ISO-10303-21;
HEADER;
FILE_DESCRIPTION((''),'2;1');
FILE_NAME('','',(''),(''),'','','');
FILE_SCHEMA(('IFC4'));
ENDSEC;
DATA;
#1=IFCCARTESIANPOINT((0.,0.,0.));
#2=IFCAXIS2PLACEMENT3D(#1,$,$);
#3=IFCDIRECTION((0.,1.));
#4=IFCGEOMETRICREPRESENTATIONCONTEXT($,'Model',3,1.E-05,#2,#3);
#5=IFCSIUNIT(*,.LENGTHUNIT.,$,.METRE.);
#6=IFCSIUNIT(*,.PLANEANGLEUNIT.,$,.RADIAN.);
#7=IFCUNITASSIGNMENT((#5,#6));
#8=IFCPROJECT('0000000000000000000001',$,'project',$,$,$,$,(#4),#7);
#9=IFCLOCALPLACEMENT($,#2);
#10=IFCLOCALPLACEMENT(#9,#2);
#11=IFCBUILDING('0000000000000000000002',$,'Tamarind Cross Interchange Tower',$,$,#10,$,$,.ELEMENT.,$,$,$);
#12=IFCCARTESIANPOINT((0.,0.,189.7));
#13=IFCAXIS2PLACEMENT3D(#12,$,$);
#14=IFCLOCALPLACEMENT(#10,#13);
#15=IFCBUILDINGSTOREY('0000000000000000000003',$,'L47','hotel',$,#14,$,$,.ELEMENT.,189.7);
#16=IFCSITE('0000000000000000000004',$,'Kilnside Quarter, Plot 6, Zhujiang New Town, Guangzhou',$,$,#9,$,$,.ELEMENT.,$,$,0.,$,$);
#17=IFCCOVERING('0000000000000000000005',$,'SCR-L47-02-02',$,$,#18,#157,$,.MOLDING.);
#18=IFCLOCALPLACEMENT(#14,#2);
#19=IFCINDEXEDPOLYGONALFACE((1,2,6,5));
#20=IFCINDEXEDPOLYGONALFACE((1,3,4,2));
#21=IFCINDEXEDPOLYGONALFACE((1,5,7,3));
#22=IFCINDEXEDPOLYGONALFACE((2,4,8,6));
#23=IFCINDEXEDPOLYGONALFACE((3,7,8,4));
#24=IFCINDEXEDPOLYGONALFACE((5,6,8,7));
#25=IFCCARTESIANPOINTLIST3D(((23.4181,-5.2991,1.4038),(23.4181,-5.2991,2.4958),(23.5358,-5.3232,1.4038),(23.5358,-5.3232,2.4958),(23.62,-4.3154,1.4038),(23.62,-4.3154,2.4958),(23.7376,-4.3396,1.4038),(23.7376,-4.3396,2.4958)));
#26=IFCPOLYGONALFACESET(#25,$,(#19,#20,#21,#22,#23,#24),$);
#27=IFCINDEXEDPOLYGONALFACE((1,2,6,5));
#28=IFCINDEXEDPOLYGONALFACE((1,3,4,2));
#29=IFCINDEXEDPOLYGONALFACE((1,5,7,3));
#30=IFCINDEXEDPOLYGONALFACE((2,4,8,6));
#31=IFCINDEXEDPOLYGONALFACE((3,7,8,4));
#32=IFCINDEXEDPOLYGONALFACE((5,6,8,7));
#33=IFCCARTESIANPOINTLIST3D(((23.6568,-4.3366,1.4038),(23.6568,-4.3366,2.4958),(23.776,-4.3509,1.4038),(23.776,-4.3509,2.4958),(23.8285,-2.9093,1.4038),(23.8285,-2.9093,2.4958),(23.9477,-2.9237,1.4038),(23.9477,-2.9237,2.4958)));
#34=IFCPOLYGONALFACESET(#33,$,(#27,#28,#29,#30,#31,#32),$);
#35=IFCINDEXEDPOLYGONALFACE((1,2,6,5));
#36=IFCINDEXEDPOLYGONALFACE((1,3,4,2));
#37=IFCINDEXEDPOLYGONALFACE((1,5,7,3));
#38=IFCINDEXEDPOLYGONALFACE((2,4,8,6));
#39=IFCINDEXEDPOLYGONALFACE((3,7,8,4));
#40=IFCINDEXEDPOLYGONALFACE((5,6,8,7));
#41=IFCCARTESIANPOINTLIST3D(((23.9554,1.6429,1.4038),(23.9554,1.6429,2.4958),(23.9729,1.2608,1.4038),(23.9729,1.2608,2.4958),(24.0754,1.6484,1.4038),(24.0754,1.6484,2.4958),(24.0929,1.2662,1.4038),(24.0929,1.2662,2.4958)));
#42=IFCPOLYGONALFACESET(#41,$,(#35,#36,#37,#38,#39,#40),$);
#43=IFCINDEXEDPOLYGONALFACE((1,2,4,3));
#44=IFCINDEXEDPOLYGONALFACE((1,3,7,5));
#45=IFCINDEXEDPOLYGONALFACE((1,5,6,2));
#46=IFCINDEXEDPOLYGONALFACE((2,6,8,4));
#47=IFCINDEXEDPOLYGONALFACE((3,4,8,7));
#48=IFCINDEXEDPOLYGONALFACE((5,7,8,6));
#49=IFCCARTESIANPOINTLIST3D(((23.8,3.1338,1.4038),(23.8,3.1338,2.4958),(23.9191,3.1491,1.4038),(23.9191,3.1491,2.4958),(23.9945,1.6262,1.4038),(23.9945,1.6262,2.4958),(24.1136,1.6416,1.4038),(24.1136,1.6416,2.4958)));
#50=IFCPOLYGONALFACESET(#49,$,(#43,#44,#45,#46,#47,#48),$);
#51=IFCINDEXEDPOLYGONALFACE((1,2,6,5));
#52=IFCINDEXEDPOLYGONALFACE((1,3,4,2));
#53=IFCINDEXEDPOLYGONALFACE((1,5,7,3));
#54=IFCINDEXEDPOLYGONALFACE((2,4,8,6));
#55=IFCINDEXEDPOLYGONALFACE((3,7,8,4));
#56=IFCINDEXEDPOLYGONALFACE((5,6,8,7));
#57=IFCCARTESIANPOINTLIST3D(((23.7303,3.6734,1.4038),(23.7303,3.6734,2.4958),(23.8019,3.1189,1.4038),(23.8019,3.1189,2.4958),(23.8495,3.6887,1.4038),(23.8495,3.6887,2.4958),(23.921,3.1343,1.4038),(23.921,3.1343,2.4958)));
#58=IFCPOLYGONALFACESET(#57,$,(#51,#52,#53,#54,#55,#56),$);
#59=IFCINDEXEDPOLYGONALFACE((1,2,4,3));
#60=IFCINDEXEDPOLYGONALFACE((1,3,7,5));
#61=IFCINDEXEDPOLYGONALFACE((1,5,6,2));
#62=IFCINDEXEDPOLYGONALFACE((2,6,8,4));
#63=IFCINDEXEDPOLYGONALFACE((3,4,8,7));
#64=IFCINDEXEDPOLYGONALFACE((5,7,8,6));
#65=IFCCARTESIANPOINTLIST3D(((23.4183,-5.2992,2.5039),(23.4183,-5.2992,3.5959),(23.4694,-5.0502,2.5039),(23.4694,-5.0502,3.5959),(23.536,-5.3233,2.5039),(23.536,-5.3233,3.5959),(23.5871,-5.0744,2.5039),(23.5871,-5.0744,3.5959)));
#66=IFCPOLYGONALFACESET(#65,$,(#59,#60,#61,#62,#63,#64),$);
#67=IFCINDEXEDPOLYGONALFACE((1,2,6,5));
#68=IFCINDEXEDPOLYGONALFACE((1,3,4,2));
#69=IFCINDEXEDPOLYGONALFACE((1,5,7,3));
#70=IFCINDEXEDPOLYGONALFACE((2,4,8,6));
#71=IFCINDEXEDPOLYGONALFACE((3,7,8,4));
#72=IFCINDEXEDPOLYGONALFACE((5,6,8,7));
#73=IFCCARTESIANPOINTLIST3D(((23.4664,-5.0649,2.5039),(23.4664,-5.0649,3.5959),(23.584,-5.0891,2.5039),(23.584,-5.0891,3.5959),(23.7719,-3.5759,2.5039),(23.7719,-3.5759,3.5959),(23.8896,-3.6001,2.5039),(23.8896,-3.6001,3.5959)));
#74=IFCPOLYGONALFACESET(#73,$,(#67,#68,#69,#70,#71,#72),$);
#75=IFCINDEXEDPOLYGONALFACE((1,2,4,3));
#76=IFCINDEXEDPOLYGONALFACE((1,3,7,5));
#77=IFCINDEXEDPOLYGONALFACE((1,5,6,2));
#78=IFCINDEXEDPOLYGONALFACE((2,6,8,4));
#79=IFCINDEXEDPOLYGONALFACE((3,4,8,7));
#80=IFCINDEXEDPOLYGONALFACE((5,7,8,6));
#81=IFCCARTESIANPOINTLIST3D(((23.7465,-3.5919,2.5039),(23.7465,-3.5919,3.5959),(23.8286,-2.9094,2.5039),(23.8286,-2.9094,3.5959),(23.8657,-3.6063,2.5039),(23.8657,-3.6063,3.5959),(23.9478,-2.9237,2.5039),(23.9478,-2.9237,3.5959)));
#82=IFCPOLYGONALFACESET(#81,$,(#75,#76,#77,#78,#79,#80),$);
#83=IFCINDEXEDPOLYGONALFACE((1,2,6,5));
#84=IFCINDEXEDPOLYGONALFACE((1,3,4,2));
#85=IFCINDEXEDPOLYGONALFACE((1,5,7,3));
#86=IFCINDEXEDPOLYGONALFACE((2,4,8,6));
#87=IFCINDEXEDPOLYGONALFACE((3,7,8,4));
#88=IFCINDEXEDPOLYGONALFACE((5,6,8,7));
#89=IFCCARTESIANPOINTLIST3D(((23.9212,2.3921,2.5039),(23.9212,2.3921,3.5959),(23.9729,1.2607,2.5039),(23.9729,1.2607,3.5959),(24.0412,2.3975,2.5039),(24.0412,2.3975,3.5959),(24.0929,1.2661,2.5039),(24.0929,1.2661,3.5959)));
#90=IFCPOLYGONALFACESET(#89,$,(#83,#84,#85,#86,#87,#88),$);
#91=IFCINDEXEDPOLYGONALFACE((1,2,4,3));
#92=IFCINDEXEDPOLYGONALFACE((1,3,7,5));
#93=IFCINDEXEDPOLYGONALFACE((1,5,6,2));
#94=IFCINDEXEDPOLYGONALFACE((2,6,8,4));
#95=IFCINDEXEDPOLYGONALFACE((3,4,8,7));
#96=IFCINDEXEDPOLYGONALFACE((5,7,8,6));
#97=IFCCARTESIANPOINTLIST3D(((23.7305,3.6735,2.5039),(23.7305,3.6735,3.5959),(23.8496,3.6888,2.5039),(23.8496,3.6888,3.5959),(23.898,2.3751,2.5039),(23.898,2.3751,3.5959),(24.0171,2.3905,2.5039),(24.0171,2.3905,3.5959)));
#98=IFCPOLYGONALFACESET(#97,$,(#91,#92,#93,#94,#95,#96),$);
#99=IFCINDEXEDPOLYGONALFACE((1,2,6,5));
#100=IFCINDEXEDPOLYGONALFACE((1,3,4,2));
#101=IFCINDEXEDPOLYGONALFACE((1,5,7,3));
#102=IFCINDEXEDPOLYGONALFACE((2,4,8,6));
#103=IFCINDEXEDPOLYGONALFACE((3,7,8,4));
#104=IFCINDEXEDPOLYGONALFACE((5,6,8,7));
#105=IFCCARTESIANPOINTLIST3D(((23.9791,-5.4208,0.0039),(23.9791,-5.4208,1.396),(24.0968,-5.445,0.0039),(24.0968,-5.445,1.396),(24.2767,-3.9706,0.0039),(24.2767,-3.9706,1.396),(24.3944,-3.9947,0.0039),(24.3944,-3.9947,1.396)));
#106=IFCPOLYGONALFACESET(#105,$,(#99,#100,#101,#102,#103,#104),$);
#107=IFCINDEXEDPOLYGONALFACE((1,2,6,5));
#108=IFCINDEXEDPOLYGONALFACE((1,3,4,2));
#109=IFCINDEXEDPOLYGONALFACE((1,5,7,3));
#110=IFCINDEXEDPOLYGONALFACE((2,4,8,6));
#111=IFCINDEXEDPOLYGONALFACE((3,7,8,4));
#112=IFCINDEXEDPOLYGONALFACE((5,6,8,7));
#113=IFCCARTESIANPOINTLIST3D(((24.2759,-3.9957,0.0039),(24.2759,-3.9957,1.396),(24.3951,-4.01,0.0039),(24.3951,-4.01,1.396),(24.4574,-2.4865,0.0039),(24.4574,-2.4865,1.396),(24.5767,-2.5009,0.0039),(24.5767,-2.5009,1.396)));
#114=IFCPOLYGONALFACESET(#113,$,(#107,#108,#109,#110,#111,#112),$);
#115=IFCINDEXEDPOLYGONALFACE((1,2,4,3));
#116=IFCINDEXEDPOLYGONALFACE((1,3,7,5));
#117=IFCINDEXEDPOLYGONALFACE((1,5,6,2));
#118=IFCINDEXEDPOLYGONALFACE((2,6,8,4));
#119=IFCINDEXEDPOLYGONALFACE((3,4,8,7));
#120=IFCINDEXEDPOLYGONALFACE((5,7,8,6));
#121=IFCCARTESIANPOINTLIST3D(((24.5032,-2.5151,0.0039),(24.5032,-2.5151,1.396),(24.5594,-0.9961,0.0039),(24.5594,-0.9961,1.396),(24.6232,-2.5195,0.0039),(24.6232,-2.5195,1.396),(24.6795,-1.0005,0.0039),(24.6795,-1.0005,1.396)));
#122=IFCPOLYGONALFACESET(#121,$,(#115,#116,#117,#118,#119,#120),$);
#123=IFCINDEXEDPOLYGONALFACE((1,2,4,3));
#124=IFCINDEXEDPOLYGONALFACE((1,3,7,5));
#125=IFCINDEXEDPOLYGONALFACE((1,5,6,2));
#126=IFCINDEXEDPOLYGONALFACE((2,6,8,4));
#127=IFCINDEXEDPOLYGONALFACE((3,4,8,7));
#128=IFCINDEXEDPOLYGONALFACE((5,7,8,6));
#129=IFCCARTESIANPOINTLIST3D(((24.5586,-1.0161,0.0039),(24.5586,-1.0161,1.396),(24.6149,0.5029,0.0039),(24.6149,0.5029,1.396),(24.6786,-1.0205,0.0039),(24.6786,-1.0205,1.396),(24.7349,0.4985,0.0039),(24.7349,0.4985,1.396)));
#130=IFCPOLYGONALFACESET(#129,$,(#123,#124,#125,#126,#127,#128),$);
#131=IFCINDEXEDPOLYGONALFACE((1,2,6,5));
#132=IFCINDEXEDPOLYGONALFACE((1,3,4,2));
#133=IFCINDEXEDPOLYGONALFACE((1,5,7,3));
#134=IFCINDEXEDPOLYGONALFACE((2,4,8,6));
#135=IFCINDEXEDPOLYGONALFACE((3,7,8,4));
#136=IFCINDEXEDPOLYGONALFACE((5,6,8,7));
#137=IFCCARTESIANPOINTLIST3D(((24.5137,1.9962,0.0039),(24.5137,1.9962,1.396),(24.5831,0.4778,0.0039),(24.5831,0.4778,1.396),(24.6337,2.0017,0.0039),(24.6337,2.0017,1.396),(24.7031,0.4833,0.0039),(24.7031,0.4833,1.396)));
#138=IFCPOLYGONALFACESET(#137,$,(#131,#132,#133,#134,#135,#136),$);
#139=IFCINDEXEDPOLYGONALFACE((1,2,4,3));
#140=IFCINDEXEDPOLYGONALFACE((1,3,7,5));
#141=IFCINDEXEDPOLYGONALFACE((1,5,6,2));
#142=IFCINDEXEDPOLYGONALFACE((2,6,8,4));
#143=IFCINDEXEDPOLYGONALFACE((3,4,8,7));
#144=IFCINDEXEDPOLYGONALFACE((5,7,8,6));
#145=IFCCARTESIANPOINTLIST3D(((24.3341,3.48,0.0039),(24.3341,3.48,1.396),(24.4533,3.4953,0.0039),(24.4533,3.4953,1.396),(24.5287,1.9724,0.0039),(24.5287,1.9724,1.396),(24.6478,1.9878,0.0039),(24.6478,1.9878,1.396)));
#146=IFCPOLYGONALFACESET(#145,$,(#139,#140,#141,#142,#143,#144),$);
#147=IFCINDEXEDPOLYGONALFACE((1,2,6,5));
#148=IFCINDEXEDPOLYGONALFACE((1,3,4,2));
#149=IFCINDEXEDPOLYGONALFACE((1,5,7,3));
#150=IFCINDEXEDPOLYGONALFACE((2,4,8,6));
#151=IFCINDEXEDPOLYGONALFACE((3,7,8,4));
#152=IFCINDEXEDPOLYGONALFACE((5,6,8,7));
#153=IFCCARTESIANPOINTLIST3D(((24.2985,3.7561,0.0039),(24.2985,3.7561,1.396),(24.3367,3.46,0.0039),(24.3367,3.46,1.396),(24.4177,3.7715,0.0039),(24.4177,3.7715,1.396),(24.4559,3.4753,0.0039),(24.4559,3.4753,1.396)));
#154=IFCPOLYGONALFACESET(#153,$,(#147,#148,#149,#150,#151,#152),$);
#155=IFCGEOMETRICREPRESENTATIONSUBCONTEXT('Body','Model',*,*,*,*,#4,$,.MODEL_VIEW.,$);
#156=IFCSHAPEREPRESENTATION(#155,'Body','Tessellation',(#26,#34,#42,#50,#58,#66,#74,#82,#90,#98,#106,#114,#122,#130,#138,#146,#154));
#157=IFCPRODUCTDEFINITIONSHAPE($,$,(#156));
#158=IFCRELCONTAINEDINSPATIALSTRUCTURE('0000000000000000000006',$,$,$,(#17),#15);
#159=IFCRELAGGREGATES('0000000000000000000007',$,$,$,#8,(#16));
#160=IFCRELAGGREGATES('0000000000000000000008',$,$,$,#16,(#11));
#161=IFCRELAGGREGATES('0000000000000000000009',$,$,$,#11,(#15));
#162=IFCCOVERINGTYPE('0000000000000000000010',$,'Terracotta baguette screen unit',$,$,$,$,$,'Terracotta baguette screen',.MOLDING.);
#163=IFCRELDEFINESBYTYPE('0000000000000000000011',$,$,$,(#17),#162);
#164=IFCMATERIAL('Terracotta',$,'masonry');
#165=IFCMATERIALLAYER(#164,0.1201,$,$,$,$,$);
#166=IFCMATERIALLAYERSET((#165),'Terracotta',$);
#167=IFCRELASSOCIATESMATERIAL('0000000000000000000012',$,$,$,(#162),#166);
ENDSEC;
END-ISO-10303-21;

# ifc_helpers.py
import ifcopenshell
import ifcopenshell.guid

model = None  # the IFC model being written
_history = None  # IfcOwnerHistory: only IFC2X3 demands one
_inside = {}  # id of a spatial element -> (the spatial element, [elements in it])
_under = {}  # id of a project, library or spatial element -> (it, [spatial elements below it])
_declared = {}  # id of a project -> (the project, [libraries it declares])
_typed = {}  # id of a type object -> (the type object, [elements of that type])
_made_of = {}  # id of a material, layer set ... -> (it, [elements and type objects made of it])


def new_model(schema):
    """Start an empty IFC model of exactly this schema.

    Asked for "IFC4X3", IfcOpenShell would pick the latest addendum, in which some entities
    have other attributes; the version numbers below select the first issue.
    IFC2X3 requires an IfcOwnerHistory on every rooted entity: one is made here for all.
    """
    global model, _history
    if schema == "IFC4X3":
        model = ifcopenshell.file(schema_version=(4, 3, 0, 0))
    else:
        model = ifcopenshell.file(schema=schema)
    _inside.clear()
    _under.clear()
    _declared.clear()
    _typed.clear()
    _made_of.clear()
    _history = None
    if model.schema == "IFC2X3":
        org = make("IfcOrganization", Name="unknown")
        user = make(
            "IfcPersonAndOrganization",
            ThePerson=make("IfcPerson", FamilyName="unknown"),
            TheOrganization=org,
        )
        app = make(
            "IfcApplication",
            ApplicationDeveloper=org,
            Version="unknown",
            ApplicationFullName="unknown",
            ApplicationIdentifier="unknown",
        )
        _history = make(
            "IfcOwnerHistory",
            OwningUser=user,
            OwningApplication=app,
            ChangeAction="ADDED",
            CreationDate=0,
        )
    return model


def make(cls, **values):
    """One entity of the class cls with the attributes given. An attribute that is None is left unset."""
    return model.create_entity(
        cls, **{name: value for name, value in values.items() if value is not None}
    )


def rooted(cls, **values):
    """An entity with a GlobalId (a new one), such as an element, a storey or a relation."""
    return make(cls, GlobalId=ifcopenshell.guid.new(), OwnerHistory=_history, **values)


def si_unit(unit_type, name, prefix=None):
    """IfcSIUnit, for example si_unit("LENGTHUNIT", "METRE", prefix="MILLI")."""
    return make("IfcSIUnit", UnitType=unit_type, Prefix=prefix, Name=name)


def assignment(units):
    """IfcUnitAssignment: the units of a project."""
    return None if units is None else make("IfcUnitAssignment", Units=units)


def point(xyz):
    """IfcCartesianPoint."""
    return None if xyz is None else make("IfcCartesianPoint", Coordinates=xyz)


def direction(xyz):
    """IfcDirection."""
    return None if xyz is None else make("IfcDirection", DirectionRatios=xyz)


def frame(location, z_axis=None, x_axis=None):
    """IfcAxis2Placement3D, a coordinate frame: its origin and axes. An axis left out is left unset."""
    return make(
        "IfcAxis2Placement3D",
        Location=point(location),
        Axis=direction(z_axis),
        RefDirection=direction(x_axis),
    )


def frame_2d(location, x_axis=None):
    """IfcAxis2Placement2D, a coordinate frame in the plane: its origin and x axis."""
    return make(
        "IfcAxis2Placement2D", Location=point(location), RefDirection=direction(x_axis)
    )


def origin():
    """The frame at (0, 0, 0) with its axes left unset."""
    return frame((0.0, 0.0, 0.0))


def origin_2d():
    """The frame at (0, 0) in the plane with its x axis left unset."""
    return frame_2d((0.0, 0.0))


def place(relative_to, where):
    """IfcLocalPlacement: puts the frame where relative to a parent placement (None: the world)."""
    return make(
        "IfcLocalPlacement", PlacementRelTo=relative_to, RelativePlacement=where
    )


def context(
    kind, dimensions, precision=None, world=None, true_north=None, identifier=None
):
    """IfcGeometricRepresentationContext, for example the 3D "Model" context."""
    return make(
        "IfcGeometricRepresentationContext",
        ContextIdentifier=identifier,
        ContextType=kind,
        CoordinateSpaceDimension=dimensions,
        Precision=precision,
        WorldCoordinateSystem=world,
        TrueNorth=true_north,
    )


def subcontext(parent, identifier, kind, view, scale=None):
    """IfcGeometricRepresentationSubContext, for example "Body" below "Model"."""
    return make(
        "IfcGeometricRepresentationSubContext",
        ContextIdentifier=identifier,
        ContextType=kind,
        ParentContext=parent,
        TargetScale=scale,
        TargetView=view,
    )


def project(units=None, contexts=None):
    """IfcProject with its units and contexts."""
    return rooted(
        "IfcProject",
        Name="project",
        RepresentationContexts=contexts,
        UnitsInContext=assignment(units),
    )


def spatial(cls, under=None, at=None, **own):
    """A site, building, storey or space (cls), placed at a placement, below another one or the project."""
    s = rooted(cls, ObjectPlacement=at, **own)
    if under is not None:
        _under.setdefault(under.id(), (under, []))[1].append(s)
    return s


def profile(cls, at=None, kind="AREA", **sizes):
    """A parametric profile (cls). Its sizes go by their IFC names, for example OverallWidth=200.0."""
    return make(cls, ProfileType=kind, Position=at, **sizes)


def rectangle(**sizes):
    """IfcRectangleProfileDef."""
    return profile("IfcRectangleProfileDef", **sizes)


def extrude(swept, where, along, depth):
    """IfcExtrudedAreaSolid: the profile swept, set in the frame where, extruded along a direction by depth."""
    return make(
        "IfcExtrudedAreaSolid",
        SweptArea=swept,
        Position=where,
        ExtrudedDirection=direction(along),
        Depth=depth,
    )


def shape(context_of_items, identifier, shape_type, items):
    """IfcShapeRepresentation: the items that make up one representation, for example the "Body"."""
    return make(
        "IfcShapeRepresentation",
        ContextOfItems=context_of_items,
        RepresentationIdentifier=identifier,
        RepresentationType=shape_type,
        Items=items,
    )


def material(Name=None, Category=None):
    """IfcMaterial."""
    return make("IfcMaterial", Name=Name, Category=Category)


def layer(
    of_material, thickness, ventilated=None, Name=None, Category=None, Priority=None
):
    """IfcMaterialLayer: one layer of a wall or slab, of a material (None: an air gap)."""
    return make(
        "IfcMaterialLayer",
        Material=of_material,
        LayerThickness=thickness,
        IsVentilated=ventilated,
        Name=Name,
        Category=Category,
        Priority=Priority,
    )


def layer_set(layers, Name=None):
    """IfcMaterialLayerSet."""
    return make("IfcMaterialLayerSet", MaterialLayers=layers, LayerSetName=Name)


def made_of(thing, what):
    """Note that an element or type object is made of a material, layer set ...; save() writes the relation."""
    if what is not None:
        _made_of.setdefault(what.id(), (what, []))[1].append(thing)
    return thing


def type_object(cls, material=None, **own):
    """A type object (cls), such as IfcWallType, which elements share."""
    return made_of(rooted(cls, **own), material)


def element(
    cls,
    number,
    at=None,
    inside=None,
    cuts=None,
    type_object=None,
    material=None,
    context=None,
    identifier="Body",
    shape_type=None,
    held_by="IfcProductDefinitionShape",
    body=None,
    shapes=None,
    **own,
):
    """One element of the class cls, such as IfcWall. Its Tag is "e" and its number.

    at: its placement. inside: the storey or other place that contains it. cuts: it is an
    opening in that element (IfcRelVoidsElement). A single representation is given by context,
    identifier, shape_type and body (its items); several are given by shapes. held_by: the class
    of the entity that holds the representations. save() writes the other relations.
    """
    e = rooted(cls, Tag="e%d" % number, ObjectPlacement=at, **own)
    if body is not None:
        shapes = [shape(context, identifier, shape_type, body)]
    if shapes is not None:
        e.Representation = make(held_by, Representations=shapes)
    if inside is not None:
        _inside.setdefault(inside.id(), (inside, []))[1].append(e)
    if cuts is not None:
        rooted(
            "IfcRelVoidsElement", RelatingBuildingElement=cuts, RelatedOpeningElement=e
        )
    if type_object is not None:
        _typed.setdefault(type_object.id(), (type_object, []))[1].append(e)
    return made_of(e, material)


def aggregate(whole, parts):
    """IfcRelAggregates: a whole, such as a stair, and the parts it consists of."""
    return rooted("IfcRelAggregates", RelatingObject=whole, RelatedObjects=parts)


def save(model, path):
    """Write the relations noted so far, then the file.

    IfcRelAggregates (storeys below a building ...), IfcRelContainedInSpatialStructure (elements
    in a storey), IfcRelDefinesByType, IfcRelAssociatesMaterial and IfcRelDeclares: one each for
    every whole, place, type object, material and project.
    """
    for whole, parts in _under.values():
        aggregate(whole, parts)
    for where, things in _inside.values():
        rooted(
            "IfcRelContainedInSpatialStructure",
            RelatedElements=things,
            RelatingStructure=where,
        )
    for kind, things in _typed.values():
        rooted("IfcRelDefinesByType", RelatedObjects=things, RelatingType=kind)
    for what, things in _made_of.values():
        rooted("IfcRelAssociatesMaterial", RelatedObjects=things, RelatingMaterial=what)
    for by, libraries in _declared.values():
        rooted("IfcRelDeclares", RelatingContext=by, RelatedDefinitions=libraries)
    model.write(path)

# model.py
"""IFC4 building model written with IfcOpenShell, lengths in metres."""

from ifc_helpers import new_model, si_unit, direction, frame, origin, origin_2d, place, context, subcontext, project, spatial, rectangle, extrude, material, layer, layer_set, type_object, element, save


model = new_model("IFC4")

# Units and contexts
model_context = context("Model", 3, precision=1e-05, world=origin(), true_north=direction((0.0, 1.0)))
body_context = subcontext(model_context, "Body", "Model", "MODEL_VIEW")
ifc_project = project(units=[si_unit("LENGTHUNIT", "METRE"), si_unit("PLANEANGLEUNIT", "RADIAN")], contexts=[model_context])

# Site, building, storey
site_placement = place(None, origin())
site = spatial("IfcSite", under=ifc_project, at=site_placement, Name="Kilnside Quarter, Plot 6, Zhujiang New Town, Guangzhou", CompositionType="ELEMENT", RefElevation=0.0)
building_placement = place(site_placement, origin())
building = spatial("IfcBuilding", under=site, at=building_placement, Name="Tamarind Cross Interchange Tower", CompositionType="ELEMENT")
storey_placement = place(building_placement, frame((0.0, 0.0, 189.7)))
storey = spatial("IfcBuildingStorey", under=building, at=storey_placement, Name="L47", Description="hotel", CompositionType="ELEMENT", Elevation=189.7)

# Covering
ifc_material_1 = material(Name="Terracotta", Category="masonry")
ifc_layer_1 = layer(ifc_material_1, 0.1201)
ifc_layer_set_1 = layer_set([ifc_layer_1], Name="Terracotta")
covering_type = type_object("IfcCoveringType", Name="Terracotta baguette screen unit", ElementType="Terracotta baguette screen", PredefinedType="MOLDING", material=ifc_layer_set_1)
covering_1_placement = place(storey_placement, origin())
element("IfcCovering", 1, at=covering_1_placement, inside=storey, type_object=covering_type, Name="SCR-L47-02-02", PredefinedType="MOLDING", context=body_context, shape_type="SweptSolid", body=[
    extrude(rectangle(XDim=1.0042, YDim=0.1201, at=origin_2d()), frame((23.5779, -4.8193, 1.4038), z_axis=(0.0, 0.0, 1.0), x_axis=(0.201001, 0.979591, 0.0)), (0.0, 0.0, 1.0), 1.092),
    extrude(rectangle(XDim=1.4375, YDim=0.1201, at=origin_2d()), frame((23.8022, -3.6301, 1.4038), z_axis=(0.0, 0.0, 1.0), x_axis=(0.119421, 0.992844, 0.0)), (0.0, 0.0, 1.0), 1.092),
    extrude(rectangle(XDim=0.3826, YDim=0.1201, at=origin_2d()), frame((24.0242, 1.4546, 1.4038), z_axis=(0.0, 0.0, 1.0), x_axis=(-0.045624, 0.998959, 0.0)), (0.0, 0.0, 1.0), 1.092),
    extrude(rectangle(XDim=1.52, YDim=0.1201, at=origin_2d()), frame((23.9568, 2.3877, 1.4038), z_axis=(0.0, 0.0, 1.0), x_axis=(-0.127962, 0.991779, 0.0)), (0.0, 0.0, 1.0), 1.092),
    extrude(rectangle(XDim=0.5591, YDim=0.1201, at=origin_2d()), frame((23.8257, 3.4038, 1.4038), z_axis=(0.0, 0.0, 1.0), x_axis=(-0.127962, 0.991779, 0.0)), (0.0, 0.0, 1.0), 1.092),
    extrude(rectangle(XDim=0.2542, YDim=0.1201, at=origin_2d()), frame((23.5027, -5.1868, 2.5039), z_axis=(0.0, 0.0, 1.0), x_axis=(0.201001, 0.979591, 0.0)), (0.0, 0.0, 1.0), 1.092),
    extrude(rectangle(XDim=1.52, YDim=0.1201, at=origin_2d()), frame((23.678, -4.3325, 2.5039), z_axis=(0.0, 0.0, 1.0), x_axis=(0.201001, 0.979591, 0.0)), (0.0, 0.0, 1.0), 1.092),
    extrude(rectangle(XDim=0.6875, YDim=0.1201, at=origin_2d()), frame((23.8472, -3.2578, 2.5039), z_axis=(0.0, 0.0, 1.0), x_axis=(0.119421, 0.992844, 0.0)), (0.0, 0.0, 1.0), 1.092),
    extrude(rectangle(XDim=1.1326, YDim=0.1201, at=origin_2d()), frame((24.0071, 1.8291, 2.5039), z_axis=(0.0, 0.0, 1.0), x_axis=(-0.045624, 0.998959, 0.0)), (0.0, 0.0, 1.0), 1.092),
    extrude(rectangle(XDim=1.3091, YDim=0.1201, at=origin_2d()), frame((23.8738, 3.032, 2.5039), z_axis=(0.0, 0.0, 1.0), x_axis=(-0.127962, 0.991779, 0.0)), (0.0, 0.0, 1.0), 1.092),
    extrude(rectangle(XDim=1.4805, YDim=0.1201, at=origin_2d()), frame((24.1868, -4.7078, 0.0039), z_axis=(0.0, 0.0, 1.0), x_axis=(0.201001, 0.979591, 0.0)), (0.0, 0.0, 1.0), 1.3921),
    extrude(rectangle(XDim=1.52, YDim=0.1201, at=origin_2d()), frame((24.4263, -3.2483, 0.0039), z_axis=(0.0, 0.0, 1.0), x_axis=(0.119421, 0.992844, 0.0)), (0.0, 0.0, 1.0), 1.3921),
    extrude(rectangle(XDim=1.52, YDim=0.1201, at=origin_2d()), frame((24.5913, -1.7578, 0.0039), z_axis=(0.0, 0.0, 1.0), x_axis=(0.037025, 0.999314, 0.0)), (0.0, 0.0, 1.0), 1.3921),
    extrude(rectangle(XDim=1.52, YDim=0.1201, at=origin_2d()), frame((24.6467, -0.2588, 0.0039), z_axis=(0.0, 0.0, 1.0), x_axis=(0.037025, 0.999314, 0.0)), (0.0, 0.0, 1.0), 1.3921),
    extrude(rectangle(XDim=1.52, YDim=0.1201, at=origin_2d()), frame((24.6084, 1.2397, 0.0039), z_axis=(0.0, 0.0, 1.0), x_axis=(-0.045624, 0.998959, 0.0)), (0.0, 0.0, 1.0), 1.3921),
    extrude(rectangle(XDim=1.52, YDim=0.1201, at=origin_2d()), frame((24.491, 2.7339, 0.0039), z_axis=(0.0, 0.0, 1.0), x_axis=(-0.127962, 0.991779, 0.0)), (0.0, 0.0, 1.0), 1.3921),
    extrude(rectangle(XDim=0.2986, YDim=0.1201, at=origin_2d()), frame((24.3772, 3.6157, 0.0039), z_axis=(0.0, 0.0, 1.0), x_axis=(-0.127962, 0.991779, 0.0)), (0.0, 0.0, 1.0), 1.3921),
])

save(model, "model.ifc")
